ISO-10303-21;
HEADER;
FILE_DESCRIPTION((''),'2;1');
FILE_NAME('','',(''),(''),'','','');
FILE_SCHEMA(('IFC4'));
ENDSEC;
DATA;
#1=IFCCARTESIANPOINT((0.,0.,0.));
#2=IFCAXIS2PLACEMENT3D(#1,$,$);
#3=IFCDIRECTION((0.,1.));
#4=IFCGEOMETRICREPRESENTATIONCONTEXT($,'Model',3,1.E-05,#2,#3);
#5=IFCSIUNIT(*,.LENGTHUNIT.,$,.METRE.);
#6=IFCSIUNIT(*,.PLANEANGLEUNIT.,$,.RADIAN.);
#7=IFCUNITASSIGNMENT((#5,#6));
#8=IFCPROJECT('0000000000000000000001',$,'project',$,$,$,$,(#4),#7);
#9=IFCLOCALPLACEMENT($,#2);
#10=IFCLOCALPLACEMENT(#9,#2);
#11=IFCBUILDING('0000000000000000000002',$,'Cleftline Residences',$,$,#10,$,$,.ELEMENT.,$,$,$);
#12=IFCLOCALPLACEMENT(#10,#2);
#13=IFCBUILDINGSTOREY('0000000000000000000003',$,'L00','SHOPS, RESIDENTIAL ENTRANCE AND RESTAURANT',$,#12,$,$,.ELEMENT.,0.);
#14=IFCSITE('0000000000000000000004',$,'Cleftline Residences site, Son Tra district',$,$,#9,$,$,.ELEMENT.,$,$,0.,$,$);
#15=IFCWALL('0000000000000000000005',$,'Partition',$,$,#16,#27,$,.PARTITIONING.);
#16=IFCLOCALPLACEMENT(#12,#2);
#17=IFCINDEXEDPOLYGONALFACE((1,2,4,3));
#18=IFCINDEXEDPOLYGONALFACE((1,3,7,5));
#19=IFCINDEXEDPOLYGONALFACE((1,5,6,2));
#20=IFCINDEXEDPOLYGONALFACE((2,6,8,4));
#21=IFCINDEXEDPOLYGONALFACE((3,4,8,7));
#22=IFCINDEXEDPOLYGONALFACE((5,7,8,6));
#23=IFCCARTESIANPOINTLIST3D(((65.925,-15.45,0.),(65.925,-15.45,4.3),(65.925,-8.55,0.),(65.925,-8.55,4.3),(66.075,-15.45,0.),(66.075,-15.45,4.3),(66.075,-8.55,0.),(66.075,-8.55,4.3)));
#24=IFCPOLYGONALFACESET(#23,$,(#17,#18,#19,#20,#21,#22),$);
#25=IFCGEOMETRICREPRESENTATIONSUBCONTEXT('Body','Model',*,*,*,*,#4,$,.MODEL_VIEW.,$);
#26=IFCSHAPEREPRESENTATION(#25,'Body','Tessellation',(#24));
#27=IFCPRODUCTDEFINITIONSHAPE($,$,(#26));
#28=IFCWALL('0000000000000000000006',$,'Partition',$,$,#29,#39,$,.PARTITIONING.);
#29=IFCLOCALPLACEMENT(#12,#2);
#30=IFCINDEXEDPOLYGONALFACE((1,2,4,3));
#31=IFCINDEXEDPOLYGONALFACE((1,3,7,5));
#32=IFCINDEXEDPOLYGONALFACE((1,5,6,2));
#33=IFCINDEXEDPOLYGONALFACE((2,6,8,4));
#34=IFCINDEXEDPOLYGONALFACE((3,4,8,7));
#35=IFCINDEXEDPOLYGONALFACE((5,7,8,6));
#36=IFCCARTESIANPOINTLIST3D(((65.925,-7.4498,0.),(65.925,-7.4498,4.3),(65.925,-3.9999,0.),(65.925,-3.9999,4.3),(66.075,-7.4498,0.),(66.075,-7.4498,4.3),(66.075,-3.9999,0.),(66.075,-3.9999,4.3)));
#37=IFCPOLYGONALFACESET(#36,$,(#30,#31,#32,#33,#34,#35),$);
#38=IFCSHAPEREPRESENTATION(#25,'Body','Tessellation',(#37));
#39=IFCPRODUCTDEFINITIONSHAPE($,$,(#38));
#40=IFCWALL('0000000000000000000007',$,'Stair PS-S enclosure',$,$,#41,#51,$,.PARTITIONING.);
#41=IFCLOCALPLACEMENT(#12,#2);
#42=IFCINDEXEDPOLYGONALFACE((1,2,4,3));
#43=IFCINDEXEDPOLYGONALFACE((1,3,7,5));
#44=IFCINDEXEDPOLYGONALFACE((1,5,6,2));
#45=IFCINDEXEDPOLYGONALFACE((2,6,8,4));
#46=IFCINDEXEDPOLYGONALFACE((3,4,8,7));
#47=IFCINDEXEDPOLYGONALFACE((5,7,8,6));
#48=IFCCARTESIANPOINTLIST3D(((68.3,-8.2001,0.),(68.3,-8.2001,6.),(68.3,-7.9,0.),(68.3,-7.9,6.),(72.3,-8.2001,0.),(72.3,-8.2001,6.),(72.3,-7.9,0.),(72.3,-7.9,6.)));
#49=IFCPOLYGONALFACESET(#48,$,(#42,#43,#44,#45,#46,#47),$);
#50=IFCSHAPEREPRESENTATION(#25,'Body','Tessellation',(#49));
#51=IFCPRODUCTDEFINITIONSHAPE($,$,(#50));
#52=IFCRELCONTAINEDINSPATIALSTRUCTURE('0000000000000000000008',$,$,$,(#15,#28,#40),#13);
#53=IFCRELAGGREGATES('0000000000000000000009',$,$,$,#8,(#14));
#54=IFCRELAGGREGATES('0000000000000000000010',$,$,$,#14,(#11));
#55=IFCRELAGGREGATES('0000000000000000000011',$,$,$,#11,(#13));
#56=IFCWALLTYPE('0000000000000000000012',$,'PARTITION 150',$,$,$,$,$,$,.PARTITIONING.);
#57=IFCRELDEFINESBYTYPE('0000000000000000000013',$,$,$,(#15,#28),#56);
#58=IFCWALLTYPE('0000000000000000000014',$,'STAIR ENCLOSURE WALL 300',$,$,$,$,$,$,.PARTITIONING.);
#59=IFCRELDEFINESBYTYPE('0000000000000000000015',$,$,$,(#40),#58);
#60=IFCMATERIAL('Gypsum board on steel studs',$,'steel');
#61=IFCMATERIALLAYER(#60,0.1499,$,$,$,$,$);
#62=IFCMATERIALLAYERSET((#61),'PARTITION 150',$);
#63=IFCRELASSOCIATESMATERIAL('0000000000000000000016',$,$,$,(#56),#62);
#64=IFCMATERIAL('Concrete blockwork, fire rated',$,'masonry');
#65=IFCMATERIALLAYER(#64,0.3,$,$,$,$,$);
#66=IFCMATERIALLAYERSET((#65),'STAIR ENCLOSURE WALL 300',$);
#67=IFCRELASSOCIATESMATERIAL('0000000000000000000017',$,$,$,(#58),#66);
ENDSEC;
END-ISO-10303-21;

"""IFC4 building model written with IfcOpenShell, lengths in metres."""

from ifc_helpers import new_model, si_unit, direction, frame, frame_2d, origin, place, context, subcontext, project, spatial, rectangle, extrude, material, layer, layer_set, type_object, element, save


model = new_model("IFC4")

# Units and contexts
model_context = context("Model", 3, precision=1e-05, world=origin(), true_north=direction((0.0, 1.0)))
body_context = subcontext(model_context, "Body", "Model", "MODEL_VIEW")
ifc_project = project(units=[si_unit("LENGTHUNIT", "METRE"), si_unit("PLANEANGLEUNIT", "RADIAN")], contexts=[model_context])

# Site, building, storey
site_placement = place(None, origin())
site = spatial("IfcSite", under=ifc_project, at=site_placement, Name="Cleftline Residences site, Son Tra district", CompositionType="ELEMENT", RefElevation=0.0)
building_placement = place(site_placement, origin())
building = spatial("IfcBuilding", under=site, at=building_placement, Name="Cleftline Residences", CompositionType="ELEMENT")
storey_placement = place(building_placement, origin())
storey = spatial("IfcBuildingStorey", under=building, at=storey_placement, Name="L00", Description="SHOPS, RESIDENTIAL ENTRANCE AND RESTAURANT", CompositionType="ELEMENT", Elevation=0.0)

# Shared definitions
ifc_material_1 = material(Name="Gypsum board on steel studs", Category="steel")
ifc_layer_1 = layer(ifc_material_1, 0.1499)
ifc_layer_set_1 = layer_set([ifc_layer_1], Name="PARTITION 150")
wall_type_1 = type_object("IfcWallType", Name="PARTITION 150", PredefinedType="PARTITIONING", material=ifc_layer_set_1)

# Walls
wall_1_placement = place(storey_placement, frame((66.0, -15.45, 0.0), z_axis=(0.0, 0.0, 1.0), x_axis=(0.0, 1.0, 0.0)))
element("IfcWall", 1, at=wall_1_placement, inside=storey, type_object=wall_type_1, Name="Partition", PredefinedType="PARTITIONING", context=body_context, shape_type="SweptSolid", body=[
    extrude(rectangle(XDim=6.8999, YDim=0.1499, at=frame_2d((3.45, 0.0))), origin(), (0.0, 0.0, 1.0), 4.3),
])
wall_2_placement = place(storey_placement, frame((66.0, -7.45, 0.0), z_axis=(0.0, 0.0, 1.0), x_axis=(0.0, 1.0, 0.0)))
element("IfcWall", 2, at=wall_2_placement, inside=storey, type_object=wall_type_1, Name="Partition", PredefinedType="PARTITIONING", context=body_context, shape_type="SweptSolid", body=[
    extrude(rectangle(XDim=3.45, YDim=0.1499, at=frame_2d((1.7251, 0.0))), origin(), (0.0, 0.0, 1.0), 4.3),
])
ifc_material_2 = material(Name="Concrete blockwork, fire rated", Category="masonry")
ifc_layer_2 = layer(ifc_material_2, 0.3)
ifc_layer_set_2 = layer_set([ifc_layer_2], Name="STAIR ENCLOSURE WALL 300")
wall_type_2 = type_object("IfcWallType", Name="STAIR ENCLOSURE WALL 300", PredefinedType="PARTITIONING", material=ifc_layer_set_2)
wall_3_placement = place(storey_placement, frame((68.3, -8.05, 0.0), z_axis=(0.0, 0.0, 1.0), x_axis=(1.0, 0.0, 0.0)))
element("IfcWall", 3, at=wall_3_placement, inside=storey, type_object=wall_type_2, Name="Stair PS-S enclosure", PredefinedType="PARTITIONING", context=body_context, shape_type="SweptSolid", body=[
    extrude(rectangle(XDim=4.0, YDim=0.3, at=frame_2d((2.0, 0.0))), origin(), (0.0, 0.0, 1.0), 6.0),
])

save(model, "model.ifc")
